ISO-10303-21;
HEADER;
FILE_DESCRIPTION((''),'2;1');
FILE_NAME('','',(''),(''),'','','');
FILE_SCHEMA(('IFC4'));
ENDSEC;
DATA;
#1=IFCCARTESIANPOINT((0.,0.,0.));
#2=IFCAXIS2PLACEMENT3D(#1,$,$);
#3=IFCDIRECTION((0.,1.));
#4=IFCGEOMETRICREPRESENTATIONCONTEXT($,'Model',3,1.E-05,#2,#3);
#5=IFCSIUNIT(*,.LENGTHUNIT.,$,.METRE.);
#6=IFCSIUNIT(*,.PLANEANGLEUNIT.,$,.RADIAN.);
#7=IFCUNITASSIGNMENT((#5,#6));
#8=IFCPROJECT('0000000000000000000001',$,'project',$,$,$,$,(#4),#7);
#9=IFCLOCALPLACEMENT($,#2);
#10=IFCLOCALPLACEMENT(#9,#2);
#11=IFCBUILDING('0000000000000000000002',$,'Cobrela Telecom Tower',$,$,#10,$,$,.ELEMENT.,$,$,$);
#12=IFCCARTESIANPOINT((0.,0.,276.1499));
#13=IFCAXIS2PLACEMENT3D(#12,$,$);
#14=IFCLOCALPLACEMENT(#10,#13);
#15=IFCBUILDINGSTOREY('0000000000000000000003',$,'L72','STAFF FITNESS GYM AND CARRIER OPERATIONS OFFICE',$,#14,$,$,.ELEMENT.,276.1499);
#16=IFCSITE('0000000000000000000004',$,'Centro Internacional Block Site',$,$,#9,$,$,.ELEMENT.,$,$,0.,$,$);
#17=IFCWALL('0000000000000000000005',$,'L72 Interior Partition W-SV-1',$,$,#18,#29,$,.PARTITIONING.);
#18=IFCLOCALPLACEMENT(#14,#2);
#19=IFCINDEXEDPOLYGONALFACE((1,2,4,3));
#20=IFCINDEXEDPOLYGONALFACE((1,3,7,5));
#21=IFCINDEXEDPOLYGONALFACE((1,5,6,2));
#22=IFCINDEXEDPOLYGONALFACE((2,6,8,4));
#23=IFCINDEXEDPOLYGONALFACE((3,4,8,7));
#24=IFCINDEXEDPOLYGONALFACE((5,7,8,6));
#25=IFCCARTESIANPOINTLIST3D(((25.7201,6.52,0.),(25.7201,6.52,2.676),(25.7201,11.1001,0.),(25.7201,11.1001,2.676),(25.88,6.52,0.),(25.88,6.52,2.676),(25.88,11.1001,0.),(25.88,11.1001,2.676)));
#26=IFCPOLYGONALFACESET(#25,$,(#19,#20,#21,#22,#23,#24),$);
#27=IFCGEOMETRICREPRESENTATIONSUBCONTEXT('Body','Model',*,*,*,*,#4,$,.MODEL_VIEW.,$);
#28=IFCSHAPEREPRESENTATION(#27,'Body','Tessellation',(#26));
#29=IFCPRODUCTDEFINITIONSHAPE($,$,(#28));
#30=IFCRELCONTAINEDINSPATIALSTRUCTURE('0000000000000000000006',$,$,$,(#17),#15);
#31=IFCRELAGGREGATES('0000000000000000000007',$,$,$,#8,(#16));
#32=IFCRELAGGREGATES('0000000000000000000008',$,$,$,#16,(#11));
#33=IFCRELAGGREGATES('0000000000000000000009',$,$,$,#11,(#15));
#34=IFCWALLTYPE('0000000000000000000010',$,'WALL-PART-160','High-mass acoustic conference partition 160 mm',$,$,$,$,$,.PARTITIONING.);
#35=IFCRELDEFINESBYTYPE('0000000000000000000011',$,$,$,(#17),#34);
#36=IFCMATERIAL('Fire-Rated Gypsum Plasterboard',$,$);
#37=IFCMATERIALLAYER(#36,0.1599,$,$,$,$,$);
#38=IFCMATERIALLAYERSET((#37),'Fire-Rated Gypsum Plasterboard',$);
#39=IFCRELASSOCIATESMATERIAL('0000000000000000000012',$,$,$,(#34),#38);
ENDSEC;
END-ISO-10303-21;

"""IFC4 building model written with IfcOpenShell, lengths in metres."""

from ifc_helpers import new_model, si_unit, direction, frame, frame_2d, origin, place, context, subcontext, project, spatial, rectangle, extrude, material, layer, layer_set, type_object, element, save


model = new_model("IFC4")

# Units and contexts
model_context = context("Model", 3, precision=1e-05, world=origin(), true_north=direction((0.0, 1.0)))
body_context = subcontext(model_context, "Body", "Model", "MODEL_VIEW")
ifc_project = project(units=[si_unit("LENGTHUNIT", "METRE"), si_unit("PLANEANGLEUNIT", "RADIAN")], contexts=[model_context])

# Site, building, storey
site_placement = place(None, origin())
site = spatial("IfcSite", under=ifc_project, at=site_placement, Name="Centro Internacional Block Site", CompositionType="ELEMENT", RefElevation=0.0)
building_placement = place(site_placement, origin())
building = spatial("IfcBuilding", under=site, at=building_placement, Name="Cobrela Telecom Tower", CompositionType="ELEMENT")
storey_placement = place(building_placement, frame((0.0, 0.0, 276.1499)))
storey = spatial("IfcBuildingStorey", under=building, at=storey_placement, Name="L72", Description="STAFF FITNESS GYM AND CARRIER OPERATIONS OFFICE", CompositionType="ELEMENT", Elevation=276.1499)

# Wall
ifc_material_1 = material(Name="Fire-Rated Gypsum Plasterboard")
ifc_layer_1 = layer(ifc_material_1, 0.1599)
ifc_layer_set_1 = layer_set([ifc_layer_1], Name="Fire-Rated Gypsum Plasterboard")
wall_type_1 = type_object("IfcWallType", Name="WALL-PART-160", Description="High-mass acoustic conference partition 160 mm", PredefinedType="PARTITIONING", material=ifc_layer_set_1)
wall_1_placement = place(storey_placement, frame((25.8, 6.52, 0.0), z_axis=(0.0, 0.0, 1.0), x_axis=(0.0, 1.0, 0.0)))
element("IfcWall", 1, at=wall_1_placement, inside=storey, type_object=wall_type_1, Name="L72 Interior Partition W-SV-1", PredefinedType="PARTITIONING", context=body_context, shape_type="SweptSolid", body=[
    extrude(rectangle(XDim=4.5801, YDim=0.1599, at=frame_2d((2.29, 0.0))), origin(), (0.0, 0.0, 1.0), 2.676),
])

save(model, "model.ifc")
